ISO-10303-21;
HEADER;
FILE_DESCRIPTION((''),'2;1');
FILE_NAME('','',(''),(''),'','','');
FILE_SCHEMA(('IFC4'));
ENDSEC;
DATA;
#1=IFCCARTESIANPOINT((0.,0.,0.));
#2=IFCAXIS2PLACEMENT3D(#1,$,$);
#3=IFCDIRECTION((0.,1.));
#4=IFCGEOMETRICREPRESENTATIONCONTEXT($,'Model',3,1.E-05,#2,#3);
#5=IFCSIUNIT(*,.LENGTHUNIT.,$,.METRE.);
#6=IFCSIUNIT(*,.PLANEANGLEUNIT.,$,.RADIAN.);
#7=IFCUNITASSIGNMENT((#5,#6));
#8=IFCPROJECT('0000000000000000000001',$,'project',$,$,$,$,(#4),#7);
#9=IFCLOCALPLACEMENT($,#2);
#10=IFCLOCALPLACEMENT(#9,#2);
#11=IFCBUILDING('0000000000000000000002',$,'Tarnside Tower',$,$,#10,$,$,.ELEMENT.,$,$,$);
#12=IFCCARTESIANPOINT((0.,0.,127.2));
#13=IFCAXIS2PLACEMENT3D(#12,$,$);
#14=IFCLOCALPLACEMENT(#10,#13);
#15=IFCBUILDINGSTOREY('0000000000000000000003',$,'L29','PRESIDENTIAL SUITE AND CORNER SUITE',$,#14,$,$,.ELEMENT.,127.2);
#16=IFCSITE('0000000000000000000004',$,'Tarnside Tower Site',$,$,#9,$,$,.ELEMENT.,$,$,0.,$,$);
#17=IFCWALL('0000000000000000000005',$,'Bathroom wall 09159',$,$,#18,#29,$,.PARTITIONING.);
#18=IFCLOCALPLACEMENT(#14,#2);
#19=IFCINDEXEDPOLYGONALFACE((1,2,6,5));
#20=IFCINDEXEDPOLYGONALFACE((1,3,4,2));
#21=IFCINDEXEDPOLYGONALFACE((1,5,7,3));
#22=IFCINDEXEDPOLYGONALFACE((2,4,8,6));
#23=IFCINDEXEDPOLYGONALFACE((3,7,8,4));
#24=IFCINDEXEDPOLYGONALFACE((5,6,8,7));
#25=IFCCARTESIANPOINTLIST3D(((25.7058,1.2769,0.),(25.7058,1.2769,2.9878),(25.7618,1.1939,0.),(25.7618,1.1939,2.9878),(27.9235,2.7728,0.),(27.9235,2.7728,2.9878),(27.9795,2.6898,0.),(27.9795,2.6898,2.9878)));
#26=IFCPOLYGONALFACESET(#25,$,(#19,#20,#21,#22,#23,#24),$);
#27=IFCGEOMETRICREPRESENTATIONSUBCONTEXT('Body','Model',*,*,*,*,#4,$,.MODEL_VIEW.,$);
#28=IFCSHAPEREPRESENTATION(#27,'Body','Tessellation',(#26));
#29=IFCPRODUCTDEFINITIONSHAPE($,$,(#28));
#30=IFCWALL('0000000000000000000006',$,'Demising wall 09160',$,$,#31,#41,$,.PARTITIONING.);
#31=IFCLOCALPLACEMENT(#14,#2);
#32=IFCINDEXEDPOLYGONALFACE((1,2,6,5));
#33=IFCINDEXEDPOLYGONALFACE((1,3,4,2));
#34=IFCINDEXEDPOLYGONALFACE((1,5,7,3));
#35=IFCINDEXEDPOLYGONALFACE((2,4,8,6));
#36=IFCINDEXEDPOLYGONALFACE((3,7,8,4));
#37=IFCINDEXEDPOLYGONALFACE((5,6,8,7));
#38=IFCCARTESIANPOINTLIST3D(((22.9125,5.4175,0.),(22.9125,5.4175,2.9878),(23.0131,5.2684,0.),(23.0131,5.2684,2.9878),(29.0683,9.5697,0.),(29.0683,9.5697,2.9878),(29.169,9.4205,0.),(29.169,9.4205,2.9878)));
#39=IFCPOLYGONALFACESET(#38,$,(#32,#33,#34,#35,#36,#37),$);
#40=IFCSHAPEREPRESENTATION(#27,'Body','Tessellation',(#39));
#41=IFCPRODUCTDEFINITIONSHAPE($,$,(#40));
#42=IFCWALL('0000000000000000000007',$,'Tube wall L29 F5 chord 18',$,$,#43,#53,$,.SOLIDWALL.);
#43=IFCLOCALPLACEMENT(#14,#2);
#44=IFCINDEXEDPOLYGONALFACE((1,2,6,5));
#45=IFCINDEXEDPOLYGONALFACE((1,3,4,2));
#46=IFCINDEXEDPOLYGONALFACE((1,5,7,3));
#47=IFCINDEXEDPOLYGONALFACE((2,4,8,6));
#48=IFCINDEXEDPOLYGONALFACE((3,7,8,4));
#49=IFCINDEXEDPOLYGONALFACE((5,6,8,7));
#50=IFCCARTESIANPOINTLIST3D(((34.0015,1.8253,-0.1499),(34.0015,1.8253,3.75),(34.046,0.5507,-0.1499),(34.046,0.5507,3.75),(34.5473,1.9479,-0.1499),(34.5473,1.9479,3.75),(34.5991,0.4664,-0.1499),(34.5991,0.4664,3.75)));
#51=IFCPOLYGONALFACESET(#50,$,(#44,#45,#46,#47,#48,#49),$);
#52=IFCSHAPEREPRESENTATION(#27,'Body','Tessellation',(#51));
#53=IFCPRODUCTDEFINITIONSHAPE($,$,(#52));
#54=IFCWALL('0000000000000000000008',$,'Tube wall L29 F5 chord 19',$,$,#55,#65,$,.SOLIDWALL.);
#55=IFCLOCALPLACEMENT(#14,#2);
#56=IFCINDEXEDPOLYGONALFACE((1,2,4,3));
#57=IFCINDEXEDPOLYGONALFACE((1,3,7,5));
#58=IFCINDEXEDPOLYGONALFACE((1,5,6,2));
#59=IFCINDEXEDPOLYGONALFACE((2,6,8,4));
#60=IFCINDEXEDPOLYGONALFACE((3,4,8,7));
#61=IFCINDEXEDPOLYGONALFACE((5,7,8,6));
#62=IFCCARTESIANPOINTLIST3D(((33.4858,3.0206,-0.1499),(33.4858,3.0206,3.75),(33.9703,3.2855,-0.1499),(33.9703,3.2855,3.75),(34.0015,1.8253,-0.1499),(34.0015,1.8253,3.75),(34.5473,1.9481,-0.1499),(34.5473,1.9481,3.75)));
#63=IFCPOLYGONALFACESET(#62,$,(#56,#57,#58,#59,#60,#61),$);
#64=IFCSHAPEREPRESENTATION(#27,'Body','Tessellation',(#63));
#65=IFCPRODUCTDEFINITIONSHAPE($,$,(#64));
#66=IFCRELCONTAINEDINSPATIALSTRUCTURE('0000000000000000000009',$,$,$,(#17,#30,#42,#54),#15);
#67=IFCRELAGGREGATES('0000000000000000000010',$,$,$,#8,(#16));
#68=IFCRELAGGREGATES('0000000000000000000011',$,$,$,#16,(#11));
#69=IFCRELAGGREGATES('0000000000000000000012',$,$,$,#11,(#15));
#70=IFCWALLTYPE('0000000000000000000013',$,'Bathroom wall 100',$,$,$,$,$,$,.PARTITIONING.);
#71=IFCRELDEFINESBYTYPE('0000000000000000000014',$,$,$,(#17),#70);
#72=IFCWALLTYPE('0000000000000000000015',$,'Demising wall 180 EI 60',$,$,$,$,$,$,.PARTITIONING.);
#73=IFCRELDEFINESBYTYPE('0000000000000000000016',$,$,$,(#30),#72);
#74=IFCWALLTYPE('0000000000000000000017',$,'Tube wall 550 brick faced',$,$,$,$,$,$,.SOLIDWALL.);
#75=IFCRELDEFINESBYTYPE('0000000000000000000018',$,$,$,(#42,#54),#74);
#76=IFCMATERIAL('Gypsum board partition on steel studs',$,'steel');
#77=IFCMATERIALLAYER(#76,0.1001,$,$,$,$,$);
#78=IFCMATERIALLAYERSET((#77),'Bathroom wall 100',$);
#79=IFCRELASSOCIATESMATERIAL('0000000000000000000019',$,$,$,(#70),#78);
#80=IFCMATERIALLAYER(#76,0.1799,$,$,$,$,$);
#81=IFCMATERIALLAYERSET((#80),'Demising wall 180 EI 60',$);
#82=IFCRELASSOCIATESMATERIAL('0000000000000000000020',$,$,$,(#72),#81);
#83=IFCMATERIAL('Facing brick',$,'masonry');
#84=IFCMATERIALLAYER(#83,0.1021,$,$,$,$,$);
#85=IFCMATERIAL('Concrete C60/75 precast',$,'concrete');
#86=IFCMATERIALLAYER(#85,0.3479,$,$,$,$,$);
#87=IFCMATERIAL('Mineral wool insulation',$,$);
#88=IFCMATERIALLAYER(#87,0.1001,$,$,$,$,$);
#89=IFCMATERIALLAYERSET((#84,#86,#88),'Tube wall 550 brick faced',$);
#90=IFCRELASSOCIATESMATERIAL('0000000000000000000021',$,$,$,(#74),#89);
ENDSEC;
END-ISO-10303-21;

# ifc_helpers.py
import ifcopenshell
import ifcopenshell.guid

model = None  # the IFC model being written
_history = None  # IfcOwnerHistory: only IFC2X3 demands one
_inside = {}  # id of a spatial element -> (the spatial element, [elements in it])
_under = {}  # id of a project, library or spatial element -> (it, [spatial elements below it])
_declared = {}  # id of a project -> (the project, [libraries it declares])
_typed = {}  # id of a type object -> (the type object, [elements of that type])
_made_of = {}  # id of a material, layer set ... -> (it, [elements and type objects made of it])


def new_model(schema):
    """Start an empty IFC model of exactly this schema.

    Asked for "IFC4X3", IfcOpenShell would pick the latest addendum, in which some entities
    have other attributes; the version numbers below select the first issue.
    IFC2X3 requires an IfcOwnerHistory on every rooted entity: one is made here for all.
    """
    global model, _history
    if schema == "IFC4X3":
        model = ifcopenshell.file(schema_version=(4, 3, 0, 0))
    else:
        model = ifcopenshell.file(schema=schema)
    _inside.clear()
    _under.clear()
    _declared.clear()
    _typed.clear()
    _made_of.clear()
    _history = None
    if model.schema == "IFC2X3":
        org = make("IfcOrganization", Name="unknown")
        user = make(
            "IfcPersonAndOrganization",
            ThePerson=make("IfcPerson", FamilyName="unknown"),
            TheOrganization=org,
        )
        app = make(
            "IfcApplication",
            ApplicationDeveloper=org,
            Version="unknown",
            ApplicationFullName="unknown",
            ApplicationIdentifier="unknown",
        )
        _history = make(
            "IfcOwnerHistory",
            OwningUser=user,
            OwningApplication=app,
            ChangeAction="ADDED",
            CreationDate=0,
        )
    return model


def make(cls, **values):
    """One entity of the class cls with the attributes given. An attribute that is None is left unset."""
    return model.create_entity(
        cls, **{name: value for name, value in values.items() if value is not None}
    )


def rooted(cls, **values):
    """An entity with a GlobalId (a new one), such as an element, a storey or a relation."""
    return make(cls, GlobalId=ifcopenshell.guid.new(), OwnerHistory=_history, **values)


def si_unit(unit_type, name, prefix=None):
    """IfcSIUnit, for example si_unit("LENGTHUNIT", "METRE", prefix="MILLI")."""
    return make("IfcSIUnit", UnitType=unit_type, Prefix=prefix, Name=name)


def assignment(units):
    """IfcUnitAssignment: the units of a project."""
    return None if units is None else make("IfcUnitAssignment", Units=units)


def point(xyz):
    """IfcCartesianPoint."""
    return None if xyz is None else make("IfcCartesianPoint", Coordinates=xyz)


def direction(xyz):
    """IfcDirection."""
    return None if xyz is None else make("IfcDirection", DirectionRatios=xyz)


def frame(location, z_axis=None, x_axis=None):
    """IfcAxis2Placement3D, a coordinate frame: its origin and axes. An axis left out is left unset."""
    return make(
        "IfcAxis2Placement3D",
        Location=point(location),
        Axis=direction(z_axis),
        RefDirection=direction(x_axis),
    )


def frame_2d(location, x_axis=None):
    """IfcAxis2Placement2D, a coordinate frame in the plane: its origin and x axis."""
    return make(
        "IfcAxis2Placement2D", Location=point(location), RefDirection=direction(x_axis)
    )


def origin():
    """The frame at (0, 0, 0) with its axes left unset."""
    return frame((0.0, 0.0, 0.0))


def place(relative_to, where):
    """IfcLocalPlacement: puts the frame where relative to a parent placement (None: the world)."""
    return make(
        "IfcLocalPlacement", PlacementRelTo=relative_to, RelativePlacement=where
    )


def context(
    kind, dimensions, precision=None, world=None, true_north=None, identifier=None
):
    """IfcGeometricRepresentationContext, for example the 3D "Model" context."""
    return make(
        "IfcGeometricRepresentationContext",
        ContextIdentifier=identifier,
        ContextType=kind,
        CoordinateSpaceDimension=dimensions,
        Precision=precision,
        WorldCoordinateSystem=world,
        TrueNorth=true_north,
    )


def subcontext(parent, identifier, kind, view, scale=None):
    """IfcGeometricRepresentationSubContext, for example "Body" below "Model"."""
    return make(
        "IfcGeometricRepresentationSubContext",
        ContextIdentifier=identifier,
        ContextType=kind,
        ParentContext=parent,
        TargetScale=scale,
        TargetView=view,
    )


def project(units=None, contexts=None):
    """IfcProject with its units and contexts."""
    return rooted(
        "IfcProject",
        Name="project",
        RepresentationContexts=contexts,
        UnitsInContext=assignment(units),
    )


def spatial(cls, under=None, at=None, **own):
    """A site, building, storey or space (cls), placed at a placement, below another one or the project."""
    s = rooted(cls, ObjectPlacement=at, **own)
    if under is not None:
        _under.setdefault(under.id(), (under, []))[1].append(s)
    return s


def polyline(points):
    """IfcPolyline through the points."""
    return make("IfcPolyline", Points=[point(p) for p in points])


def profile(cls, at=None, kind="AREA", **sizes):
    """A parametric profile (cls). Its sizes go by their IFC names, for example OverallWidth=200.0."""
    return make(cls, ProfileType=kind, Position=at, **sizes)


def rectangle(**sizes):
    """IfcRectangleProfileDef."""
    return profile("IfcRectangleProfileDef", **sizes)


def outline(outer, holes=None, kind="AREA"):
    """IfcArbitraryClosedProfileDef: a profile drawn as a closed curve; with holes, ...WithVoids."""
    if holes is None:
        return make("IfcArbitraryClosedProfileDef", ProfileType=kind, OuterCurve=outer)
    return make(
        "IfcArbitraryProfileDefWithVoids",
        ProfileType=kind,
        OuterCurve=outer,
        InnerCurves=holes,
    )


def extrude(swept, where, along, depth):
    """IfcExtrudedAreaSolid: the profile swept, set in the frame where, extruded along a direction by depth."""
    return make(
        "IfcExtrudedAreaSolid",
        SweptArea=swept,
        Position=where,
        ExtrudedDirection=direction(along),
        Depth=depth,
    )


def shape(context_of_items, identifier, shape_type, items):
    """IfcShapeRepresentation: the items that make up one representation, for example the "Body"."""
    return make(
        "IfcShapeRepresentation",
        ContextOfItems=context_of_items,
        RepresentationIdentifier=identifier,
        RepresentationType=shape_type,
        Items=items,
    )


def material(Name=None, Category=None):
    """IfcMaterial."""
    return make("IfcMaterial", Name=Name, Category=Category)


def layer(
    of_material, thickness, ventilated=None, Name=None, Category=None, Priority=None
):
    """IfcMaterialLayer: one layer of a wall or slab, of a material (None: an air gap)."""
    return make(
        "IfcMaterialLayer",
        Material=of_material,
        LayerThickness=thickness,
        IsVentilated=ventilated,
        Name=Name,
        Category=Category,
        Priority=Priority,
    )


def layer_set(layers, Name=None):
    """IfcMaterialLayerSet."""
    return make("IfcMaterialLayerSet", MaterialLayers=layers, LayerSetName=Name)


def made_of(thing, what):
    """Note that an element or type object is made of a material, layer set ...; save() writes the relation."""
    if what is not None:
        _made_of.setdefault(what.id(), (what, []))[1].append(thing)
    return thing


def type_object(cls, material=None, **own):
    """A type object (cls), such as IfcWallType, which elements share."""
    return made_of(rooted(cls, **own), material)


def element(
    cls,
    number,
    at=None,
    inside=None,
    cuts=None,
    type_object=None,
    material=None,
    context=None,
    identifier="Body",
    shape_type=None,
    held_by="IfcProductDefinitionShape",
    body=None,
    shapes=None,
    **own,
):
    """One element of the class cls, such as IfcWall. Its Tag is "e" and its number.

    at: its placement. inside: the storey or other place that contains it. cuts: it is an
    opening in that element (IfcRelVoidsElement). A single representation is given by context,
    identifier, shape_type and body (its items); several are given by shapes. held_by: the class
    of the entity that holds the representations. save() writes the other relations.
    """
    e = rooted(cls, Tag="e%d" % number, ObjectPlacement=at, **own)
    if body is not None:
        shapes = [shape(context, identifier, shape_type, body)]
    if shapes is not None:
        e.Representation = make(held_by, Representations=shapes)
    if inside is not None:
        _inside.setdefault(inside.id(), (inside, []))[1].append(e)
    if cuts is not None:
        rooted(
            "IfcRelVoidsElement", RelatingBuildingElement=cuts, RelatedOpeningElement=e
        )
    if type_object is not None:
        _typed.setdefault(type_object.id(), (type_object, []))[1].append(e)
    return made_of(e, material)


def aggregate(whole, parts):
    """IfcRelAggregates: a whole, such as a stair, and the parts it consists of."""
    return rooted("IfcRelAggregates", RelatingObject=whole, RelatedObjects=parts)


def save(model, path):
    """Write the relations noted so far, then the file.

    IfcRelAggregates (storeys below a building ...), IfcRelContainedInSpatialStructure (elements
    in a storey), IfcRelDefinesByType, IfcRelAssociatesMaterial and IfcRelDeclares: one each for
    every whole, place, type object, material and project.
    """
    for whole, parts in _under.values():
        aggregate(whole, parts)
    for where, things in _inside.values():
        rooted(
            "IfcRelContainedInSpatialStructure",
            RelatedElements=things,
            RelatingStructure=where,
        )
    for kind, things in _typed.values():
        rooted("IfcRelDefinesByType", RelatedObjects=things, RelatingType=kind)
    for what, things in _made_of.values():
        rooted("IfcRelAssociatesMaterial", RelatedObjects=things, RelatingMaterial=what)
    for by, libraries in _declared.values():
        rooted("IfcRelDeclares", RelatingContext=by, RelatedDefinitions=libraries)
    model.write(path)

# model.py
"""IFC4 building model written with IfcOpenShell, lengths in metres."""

from ifc_helpers import new_model, si_unit, direction, frame, frame_2d, origin, place, context, subcontext, project, spatial, polyline, rectangle, outline, extrude, material, layer, layer_set, type_object, element, save


model = new_model("IFC4")

# Units and contexts
model_context = context("Model", 3, precision=1e-05, world=origin(), true_north=direction((0.0, 1.0)))
body_context = subcontext(model_context, "Body", "Model", "MODEL_VIEW")
ifc_project = project(units=[si_unit("LENGTHUNIT", "METRE"), si_unit("PLANEANGLEUNIT", "RADIAN")], contexts=[model_context])

# Site, building, storey
site_placement = place(None, origin())
site = spatial("IfcSite", under=ifc_project, at=site_placement, Name="Tarnside Tower Site", CompositionType="ELEMENT", RefElevation=0.0)
building_placement = place(site_placement, origin())
building = spatial("IfcBuilding", under=site, at=building_placement, Name="Tarnside Tower", CompositionType="ELEMENT")
storey_placement = place(building_placement, frame((0.0, 0.0, 127.2)))
storey = spatial("IfcBuildingStorey", under=building, at=storey_placement, Name="L29", Description="PRESIDENTIAL SUITE AND CORNER SUITE", CompositionType="ELEMENT", Elevation=127.2)

# Walls
ifc_material_1 = material(Name="Gypsum board partition on steel studs", Category="steel")
ifc_layer_1 = layer(ifc_material_1, 0.1001)
ifc_layer_set_1 = layer_set([ifc_layer_1], Name="Bathroom wall 100")
wall_type_1 = type_object("IfcWallType", Name="Bathroom wall 100", PredefinedType="PARTITIONING", material=ifc_layer_set_1)
wall_1_placement = place(storey_placement, frame((27.9514, 2.7312, 0.0), z_axis=(0.0, 0.0, 1.0), x_axis=(-0.829048, -0.559178, 0.0)))
element("IfcWall", 1, at=wall_1_placement, inside=storey, type_object=wall_type_1, Name="Bathroom wall 09159", PredefinedType="PARTITIONING", context=body_context, shape_type="SweptSolid", body=[
    extrude(rectangle(XDim=2.675, YDim=0.1001, at=frame_2d((1.3374, 0.0))), origin(), (0.0, 0.0, 1.0), 2.9878),
])
ifc_layer_2 = layer(ifc_material_1, 0.1799)
ifc_layer_set_2 = layer_set([ifc_layer_2], Name="Demising wall 180 EI 60")
wall_type_2 = type_object("IfcWallType", Name="Demising wall 180 EI 60", PredefinedType="PARTITIONING", material=ifc_layer_set_2)
wall_2_placement = place(storey_placement, frame((29.1187, 9.4951, 0.0), z_axis=(0.0, 0.0, 1.0), x_axis=(-0.829038, -0.559192, 0.0)))
element("IfcWall", 2, at=wall_2_placement, inside=storey, type_object=wall_type_2, Name="Demising wall 09160", PredefinedType="PARTITIONING", context=body_context, shape_type="SweptSolid", body=[
    extrude(rectangle(XDim=7.4253, YDim=0.1799, at=frame_2d((3.7126, 0.0))), origin(), (0.0, 0.0, 1.0), 2.9878),
])
ifc_material_2 = material(Name="Facing brick", Category="masonry")
ifc_layer_3 = layer(ifc_material_2, 0.1021)
ifc_material_3 = material(Name="Concrete C60/75 precast", Category="concrete")
ifc_layer_4 = layer(ifc_material_3, 0.3479)
ifc_material_4 = material(Name="Mineral wool insulation")
ifc_layer_5 = layer(ifc_material_4, 0.1001)
ifc_layer_set_3 = layer_set([ifc_layer_3, ifc_layer_4, ifc_layer_5], Name="Tube wall 550 brick faced")
wall_type_3 = type_object("IfcWallType", Name="Tube wall 550 brick faced", PredefinedType="SOLIDWALL", material=ifc_layer_set_3)
wall_3_placement = place(storey_placement, frame((34.3225, 0.5085, -0.1499), z_axis=(0.0, 0.0, 1.0), x_axis=(-0.034877, 0.999392, 0.0)))
element("IfcWall", 3, at=wall_3_placement, inside=storey, type_object=wall_type_3, Name="Tube wall L29 F5 chord 18", PredefinedType="SOLIDWALL", context=body_context, shape_type="SweptSolid", body=[
    extrude(outline(polyline([(-0.0518, -0.2749), (1.4307, -0.2749), (1.3271, 0.2749), (0.0518, 0.2749), (-0.0518, -0.2749)])), origin(), (0.0, 0.0, 1.0), 3.8999),
])
wall_4_placement = place(storey_placement, frame((34.2744, 1.8867, -0.1499), z_axis=(0.0, 0.0, 1.0), x_axis=(-0.396161, 0.918181, 0.0)))
element("IfcWall", 4, at=wall_4_placement, inside=storey, type_object=wall_type_3, Name="Tube wall L29 F5 chord 19", PredefinedType="SOLIDWALL", context=body_context, shape_type="SweptSolid", body=[
    extrude(outline(polyline([(-0.0518, -0.2749), (1.4048, -0.2749), (1.3535, 0.2749), (0.0518, 0.2749), (-0.0518, -0.2749)])), origin(), (0.0, 0.0, 1.0), 3.8999),
])

save(model, "model.ifc")
